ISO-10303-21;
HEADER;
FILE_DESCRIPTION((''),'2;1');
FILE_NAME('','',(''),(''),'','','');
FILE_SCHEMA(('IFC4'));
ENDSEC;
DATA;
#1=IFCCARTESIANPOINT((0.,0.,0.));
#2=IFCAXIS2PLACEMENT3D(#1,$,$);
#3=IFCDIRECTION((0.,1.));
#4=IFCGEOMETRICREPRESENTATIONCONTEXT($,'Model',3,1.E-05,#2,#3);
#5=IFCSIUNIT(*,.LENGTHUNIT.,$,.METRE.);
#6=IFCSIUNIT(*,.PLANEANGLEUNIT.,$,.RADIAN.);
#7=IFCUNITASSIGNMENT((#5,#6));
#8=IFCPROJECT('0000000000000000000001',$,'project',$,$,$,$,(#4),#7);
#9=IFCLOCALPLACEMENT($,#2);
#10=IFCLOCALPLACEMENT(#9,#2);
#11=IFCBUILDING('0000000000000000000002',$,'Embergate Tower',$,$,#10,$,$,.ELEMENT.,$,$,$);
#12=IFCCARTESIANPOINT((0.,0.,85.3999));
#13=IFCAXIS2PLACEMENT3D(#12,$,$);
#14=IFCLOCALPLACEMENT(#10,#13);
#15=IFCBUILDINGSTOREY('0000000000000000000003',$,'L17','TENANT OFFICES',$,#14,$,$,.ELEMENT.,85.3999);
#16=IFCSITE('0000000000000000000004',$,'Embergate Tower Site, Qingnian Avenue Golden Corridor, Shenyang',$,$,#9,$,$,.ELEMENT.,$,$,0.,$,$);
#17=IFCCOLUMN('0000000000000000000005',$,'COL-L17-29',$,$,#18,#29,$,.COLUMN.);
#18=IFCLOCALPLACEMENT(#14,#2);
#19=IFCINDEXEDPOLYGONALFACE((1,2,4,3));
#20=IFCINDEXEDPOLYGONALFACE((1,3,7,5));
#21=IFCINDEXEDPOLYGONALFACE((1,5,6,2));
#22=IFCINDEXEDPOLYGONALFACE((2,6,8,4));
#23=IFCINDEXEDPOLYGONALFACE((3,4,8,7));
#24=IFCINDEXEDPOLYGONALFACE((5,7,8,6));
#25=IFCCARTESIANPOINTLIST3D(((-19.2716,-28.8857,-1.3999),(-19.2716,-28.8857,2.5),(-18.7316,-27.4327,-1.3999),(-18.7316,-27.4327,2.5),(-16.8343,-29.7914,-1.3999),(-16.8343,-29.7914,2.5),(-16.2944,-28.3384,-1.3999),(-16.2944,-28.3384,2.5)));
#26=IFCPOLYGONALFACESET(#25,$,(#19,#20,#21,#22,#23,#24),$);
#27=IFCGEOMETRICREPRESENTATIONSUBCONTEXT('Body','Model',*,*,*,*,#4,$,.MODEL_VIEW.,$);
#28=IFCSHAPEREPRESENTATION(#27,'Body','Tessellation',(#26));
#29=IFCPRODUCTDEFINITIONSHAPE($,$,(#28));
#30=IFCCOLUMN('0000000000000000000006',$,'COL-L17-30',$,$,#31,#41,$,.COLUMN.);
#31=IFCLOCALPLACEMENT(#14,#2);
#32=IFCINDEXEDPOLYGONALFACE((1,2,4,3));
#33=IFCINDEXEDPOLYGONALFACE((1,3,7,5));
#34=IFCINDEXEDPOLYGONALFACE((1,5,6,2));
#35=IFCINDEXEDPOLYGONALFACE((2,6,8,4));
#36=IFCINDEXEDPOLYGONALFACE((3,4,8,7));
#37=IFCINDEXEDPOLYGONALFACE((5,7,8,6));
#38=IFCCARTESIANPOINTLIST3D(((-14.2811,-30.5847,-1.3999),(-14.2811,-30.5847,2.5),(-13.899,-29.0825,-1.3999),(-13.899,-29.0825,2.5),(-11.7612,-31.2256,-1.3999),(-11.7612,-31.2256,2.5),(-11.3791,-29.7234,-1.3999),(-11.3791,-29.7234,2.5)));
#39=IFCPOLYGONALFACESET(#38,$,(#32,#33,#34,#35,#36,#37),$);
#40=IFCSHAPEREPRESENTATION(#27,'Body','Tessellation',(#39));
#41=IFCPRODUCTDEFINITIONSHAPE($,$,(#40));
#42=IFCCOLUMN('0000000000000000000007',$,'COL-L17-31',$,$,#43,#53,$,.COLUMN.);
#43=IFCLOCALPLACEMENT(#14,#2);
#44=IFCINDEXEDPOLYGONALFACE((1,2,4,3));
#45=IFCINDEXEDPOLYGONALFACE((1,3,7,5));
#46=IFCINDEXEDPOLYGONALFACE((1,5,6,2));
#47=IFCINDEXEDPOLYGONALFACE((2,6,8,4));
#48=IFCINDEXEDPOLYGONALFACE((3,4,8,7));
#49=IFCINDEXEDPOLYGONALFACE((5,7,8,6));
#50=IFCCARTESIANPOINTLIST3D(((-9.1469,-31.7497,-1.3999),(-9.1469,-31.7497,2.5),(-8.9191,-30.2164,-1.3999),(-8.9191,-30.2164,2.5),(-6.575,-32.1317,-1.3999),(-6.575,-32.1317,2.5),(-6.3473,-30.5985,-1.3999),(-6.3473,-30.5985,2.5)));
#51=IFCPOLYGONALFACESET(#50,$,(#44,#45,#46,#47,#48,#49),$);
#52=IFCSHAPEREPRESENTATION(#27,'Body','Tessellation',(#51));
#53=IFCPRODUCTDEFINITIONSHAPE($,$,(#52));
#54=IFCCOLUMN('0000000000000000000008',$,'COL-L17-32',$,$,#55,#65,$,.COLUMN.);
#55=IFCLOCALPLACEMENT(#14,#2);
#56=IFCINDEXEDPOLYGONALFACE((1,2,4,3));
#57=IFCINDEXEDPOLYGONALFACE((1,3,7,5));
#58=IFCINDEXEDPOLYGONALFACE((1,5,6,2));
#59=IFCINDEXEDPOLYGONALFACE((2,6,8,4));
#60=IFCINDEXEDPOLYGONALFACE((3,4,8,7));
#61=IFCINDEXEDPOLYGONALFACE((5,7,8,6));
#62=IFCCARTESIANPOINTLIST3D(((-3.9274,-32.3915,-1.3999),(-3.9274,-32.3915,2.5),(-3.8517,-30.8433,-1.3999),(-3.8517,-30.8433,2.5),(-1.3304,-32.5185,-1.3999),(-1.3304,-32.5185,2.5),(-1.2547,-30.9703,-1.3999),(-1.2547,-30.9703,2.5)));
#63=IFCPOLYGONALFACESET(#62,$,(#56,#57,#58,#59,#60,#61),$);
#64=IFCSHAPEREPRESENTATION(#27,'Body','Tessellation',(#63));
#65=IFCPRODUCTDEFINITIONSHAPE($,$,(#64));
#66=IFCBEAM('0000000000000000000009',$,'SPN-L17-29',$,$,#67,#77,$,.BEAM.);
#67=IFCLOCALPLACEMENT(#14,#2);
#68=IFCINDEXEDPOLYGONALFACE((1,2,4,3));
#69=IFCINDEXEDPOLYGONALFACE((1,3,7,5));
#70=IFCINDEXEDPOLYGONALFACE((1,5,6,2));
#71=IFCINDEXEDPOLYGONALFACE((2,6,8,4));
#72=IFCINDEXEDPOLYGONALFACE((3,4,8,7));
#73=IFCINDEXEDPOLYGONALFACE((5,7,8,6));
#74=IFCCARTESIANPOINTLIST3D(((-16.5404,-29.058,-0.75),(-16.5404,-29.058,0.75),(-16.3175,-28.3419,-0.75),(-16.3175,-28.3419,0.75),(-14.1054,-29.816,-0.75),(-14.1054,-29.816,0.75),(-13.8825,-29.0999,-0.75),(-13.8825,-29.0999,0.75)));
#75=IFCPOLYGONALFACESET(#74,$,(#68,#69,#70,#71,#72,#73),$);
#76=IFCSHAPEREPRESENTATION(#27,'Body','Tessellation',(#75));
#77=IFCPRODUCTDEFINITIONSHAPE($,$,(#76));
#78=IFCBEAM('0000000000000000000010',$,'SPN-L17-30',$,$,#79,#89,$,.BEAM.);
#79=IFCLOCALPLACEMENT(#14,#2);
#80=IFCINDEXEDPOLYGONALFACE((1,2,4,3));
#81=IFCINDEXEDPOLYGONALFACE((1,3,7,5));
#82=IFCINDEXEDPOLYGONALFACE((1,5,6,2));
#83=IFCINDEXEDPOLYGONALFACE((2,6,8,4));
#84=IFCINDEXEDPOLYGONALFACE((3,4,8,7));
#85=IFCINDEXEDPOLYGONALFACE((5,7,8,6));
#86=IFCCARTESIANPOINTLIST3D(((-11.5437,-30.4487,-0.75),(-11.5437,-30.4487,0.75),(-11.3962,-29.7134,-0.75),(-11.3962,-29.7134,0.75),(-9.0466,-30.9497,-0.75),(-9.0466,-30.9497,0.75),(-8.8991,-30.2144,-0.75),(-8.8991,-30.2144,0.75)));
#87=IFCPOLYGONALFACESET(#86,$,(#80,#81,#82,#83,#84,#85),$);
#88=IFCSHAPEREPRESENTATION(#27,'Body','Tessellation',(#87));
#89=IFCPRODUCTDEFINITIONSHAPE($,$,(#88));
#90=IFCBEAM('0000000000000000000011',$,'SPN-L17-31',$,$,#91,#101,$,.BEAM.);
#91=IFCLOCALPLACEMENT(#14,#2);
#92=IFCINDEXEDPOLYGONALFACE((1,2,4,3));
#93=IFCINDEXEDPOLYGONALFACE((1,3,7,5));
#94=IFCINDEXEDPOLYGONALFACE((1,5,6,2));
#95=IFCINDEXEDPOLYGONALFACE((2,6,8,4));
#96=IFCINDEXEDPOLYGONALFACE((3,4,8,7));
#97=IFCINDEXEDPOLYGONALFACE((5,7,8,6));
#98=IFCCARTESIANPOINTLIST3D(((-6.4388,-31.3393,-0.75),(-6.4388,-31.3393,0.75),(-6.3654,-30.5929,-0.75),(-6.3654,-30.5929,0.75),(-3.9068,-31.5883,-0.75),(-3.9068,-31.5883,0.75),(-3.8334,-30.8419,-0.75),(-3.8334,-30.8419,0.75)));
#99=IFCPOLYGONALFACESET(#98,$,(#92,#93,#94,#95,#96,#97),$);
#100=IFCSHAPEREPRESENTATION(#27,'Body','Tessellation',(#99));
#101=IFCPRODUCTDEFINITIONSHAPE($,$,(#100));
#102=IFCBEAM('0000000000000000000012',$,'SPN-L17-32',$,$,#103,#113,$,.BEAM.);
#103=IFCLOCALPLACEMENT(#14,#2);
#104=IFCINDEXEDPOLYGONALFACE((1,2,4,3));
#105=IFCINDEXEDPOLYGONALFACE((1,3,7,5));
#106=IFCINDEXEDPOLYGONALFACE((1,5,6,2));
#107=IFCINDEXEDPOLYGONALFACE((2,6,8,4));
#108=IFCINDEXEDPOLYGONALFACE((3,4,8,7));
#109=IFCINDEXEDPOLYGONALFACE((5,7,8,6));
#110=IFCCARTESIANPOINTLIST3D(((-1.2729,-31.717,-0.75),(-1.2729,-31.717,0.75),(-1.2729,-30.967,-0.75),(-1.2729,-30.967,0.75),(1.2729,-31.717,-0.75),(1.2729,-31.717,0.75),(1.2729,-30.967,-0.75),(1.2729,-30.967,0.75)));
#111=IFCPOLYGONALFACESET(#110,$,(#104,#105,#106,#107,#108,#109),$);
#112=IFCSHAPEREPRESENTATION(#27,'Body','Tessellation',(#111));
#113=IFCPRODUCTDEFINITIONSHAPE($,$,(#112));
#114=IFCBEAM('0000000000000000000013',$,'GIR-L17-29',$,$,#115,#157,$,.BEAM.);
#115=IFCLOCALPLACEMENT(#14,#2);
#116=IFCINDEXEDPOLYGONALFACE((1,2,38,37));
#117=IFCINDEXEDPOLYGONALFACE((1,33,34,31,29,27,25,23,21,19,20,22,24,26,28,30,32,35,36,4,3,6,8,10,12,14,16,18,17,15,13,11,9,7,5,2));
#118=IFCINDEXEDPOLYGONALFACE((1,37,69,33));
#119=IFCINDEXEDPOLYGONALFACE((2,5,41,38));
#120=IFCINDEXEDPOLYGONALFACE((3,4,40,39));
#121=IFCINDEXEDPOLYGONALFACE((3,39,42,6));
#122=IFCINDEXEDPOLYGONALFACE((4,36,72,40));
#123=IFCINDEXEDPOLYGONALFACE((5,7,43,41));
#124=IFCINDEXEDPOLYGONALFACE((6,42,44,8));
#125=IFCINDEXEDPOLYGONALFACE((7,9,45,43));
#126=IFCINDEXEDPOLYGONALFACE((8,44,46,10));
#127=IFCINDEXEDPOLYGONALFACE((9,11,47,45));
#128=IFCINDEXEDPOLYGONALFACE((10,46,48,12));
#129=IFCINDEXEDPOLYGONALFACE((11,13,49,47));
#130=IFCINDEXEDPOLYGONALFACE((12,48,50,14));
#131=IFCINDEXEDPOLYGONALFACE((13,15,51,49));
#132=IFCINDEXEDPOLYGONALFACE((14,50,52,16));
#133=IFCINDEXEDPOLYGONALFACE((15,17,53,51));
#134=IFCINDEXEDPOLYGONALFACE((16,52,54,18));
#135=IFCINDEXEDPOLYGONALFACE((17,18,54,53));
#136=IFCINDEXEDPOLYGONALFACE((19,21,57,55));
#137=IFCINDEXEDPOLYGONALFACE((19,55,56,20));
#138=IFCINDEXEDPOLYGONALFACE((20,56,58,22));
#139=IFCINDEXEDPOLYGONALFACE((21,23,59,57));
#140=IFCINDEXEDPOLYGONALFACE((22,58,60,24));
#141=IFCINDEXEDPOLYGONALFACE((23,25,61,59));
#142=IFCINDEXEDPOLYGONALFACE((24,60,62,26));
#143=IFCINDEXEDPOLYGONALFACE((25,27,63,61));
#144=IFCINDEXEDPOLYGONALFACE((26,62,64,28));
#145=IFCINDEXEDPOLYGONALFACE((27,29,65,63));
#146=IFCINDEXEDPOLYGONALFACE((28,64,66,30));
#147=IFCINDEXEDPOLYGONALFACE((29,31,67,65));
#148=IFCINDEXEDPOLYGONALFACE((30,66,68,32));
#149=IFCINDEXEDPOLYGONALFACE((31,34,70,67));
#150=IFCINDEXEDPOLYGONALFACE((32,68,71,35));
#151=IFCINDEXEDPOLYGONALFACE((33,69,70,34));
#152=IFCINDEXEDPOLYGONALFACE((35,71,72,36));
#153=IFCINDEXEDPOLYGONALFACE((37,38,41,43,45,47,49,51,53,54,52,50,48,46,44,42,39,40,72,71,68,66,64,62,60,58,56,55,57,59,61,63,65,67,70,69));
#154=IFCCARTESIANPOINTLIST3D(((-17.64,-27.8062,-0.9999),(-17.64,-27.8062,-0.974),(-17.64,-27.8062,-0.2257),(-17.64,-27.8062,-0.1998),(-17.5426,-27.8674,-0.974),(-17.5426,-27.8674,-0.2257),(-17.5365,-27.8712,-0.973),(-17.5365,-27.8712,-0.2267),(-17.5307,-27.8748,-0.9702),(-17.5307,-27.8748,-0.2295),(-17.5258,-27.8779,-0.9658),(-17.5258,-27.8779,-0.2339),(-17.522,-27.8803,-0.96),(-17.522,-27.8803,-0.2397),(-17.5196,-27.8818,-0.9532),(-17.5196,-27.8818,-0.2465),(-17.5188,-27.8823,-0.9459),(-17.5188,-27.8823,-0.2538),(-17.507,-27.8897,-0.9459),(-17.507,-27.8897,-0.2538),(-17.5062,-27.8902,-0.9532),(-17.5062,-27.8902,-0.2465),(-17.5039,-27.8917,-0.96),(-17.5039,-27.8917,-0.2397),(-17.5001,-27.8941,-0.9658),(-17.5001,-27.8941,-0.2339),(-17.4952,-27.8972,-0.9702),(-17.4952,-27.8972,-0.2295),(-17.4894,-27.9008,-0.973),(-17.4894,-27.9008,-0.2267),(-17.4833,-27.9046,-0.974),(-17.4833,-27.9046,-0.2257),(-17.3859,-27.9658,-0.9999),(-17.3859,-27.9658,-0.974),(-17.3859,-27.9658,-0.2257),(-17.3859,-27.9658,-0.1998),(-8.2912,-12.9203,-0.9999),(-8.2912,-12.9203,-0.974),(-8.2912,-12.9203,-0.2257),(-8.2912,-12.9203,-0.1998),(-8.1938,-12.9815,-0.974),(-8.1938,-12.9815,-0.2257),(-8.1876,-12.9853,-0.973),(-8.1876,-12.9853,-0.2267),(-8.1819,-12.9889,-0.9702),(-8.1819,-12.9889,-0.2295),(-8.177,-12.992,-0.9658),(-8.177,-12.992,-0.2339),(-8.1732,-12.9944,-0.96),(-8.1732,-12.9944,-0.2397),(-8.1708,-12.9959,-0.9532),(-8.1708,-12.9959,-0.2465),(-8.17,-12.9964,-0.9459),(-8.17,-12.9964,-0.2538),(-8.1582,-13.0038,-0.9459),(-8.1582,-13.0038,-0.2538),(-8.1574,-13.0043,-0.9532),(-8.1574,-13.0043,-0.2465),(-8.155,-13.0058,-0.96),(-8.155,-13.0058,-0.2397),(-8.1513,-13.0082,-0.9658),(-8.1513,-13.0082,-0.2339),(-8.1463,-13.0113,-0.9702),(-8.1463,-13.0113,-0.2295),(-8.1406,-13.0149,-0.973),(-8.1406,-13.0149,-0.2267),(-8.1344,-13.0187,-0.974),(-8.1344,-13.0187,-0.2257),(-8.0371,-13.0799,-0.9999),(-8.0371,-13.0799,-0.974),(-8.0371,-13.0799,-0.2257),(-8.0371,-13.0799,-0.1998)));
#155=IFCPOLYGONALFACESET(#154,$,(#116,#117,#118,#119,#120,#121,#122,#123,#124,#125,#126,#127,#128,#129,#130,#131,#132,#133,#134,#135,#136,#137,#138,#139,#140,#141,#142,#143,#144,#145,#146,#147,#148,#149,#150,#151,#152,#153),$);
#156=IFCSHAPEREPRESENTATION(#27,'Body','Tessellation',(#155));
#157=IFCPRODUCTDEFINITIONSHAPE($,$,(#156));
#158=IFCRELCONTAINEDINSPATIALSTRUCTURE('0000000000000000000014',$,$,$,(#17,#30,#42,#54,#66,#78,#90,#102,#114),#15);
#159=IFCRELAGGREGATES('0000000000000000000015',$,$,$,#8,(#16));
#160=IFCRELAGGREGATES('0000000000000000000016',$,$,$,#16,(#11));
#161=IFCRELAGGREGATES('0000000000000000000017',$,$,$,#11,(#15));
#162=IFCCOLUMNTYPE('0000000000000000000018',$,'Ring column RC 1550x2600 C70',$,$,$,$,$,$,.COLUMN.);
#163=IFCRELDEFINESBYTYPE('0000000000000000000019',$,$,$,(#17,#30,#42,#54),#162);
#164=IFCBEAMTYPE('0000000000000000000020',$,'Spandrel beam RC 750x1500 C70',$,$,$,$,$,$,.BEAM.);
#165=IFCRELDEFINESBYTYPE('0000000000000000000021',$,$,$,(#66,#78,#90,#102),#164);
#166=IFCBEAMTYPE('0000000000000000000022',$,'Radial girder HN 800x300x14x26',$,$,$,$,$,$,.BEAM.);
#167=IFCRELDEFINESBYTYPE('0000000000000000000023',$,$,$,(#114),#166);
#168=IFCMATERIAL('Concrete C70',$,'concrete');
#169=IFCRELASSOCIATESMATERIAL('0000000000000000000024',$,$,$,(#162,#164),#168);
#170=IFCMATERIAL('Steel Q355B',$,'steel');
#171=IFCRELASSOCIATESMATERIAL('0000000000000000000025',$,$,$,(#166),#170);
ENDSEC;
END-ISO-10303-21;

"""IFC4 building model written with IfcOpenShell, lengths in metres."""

from ifc_helpers import new_model, si_unit, direction, frame, origin, origin_2d, place, context, subcontext, project, spatial, rectangle, i_section, extrude, source, transform, mapped, material, material_profile, profile_set, type_object, element, save


model = new_model("IFC4")

# Units and contexts
model_context = context("Model", 3, precision=1e-05, world=origin(), true_north=direction((0.0, 1.0)))
body_context = subcontext(model_context, "Body", "Model", "MODEL_VIEW")
ifc_project = project(units=[si_unit("LENGTHUNIT", "METRE"), si_unit("PLANEANGLEUNIT", "RADIAN")], contexts=[model_context])

# Site, building, storey
site_placement = place(None, origin())
site = spatial("IfcSite", under=ifc_project, at=site_placement, Name="Embergate Tower Site, Qingnian Avenue Golden Corridor, Shenyang", CompositionType="ELEMENT", RefElevation=0.0)
building_placement = place(site_placement, origin())
building = spatial("IfcBuilding", under=site, at=building_placement, Name="Embergate Tower", CompositionType="ELEMENT")
storey_placement = place(building_placement, frame((0.0, 0.0, 85.3999)))
storey = spatial("IfcBuildingStorey", under=building, at=storey_placement, Name="L17", Description="TENANT OFFICES", CompositionType="ELEMENT", Elevation=85.3999)

# Columns
ifc_material_1 = material(Name="Concrete C70", Category="concrete")
ifc_material_profile_1 = material_profile(ifc_material_1, rectangle(XDim=1.55, YDim=2.6001, at=origin_2d()), Name="RC 1550x2600")
ifc_profile_set_1 = profile_set([ifc_material_profile_1], Name="Concrete C70")
column_type = type_object("IfcColumnType", Name="Ring column RC 1550x2600 C70", PredefinedType="COLUMN", material=ifc_profile_set_1)
shared_shape_1 = source(origin(), body_context, "Body", "SweptSolid", [
    extrude(rectangle(XDim=1.55, YDim=2.6001, at=origin_2d()), origin(), (0.0, 0.0, 1.0), 3.8999),
])
for number, where, z_axis, x_axis, name in (
    (1, (-17.783, -28.6121, -1.3999), (0.0, 0.0, 1.0), (-0.348343, -0.937367, 0.0), "COL-L17-29"),
    (2, (-12.8301, -30.1541, -1.3999), (0.0, 0.0, 1.0), (-0.246492, -0.969145, 0.0), "COL-L17-30"),
    (3, (-7.7471, -31.1741, -1.3999), (0.0, 0.0, 1.0), (-0.146929, -0.989147, 0.0), "COL-L17-31"),
    (4, (-2.5911, -31.6809, -1.3999), (0.0, 0.0, 1.0), (-0.048815, -0.998808, 0.0), "COL-L17-32"),
):
    element("IfcColumn", number, at=place(storey_placement, frame(where, z_axis=z_axis, x_axis=x_axis)), inside=storey, type_object=column_type, Name=name, PredefinedType="COLUMN", context=body_context, shape_type="MappedRepresentation", body=[
        mapped(shared_shape_1, transform((0.0, 0.0, 0.0))),
    ])

# Beams
ifc_material_profile_2 = material_profile(ifc_material_1, rectangle(XDim=0.75, YDim=1.5, at=origin_2d()), Name="RC 750x1500")
ifc_profile_set_2 = profile_set([ifc_material_profile_2], Name="Concrete C70")
beam_type_1 = type_object("IfcBeamType", Name="Spandrel beam RC 750x1500 C70", PredefinedType="BEAM", material=ifc_profile_set_2)
shared_shape_2 = source(origin(), body_context, "Body", "SweptSolid", [
    extrude(rectangle(XDim=0.75, YDim=1.5, at=origin_2d()), origin(), (0.0, 0.0, 1.0), 2.5503),
])
beam_1_placement = place(storey_placement, frame((-16.429, -28.7, 0.0), z_axis=(0.954803, -0.297239, 0.0), x_axis=(0.297239, 0.954803, 0.0)))
element("IfcBeam", 5, at=beam_1_placement, inside=storey, type_object=beam_type_1, Name="SPN-L17-29", PredefinedType="BEAM", context=body_context, shape_type="MappedRepresentation", body=[
    mapped(shared_shape_2, transform((0.0, 0.0, 0.0))),
])
shared_shape_3 = source(origin(), body_context, "Body", "SweptSolid", [
    extrude(rectangle(XDim=0.75, YDim=1.5, at=origin_2d()), origin(), (0.0, 0.0, 1.0), 2.5469),
])
beam_2_placement = place(storey_placement, frame((-11.47, -30.0811, 0.0), z_axis=(0.980463, -0.196706, 0.0), x_axis=(0.196706, 0.980463, 0.0)))
element("IfcBeam", 6, at=beam_2_placement, inside=storey, type_object=beam_type_1, Name="SPN-L17-30", PredefinedType="BEAM", context=body_context, shape_type="MappedRepresentation", body=[
    mapped(shared_shape_3, transform((0.0, 0.0, 0.0))),
])
shared_shape_4 = source(origin(), body_context, "Body", "SweptSolid", [
    extrude(rectangle(XDim=0.75, YDim=1.5, at=origin_2d()), origin(), (0.0, 0.0, 1.0), 2.5442),
])
beam_3_placement = place(storey_placement, frame((-6.4021, -30.9661, 0.0), z_axis=(0.995198, -0.097879, 0.0), x_axis=(0.097879, 0.995198, 0.0)))
element("IfcBeam", 7, at=beam_3_placement, inside=storey, type_object=beam_type_1, Name="SPN-L17-31", PredefinedType="BEAM", context=body_context, shape_type="MappedRepresentation", body=[
    mapped(shared_shape_4, transform((0.0, 0.0, 0.0))),
])
shared_shape_5 = source(origin(), body_context, "Body", "SweptSolid", [
    extrude(rectangle(XDim=0.75, YDim=1.5, at=origin_2d()), origin(), (0.0, 0.0, 1.0), 2.5459),
])
beam_4_placement = place(storey_placement, frame((-1.2729, -31.342, 0.0), z_axis=(1.0, 0.0, 0.0), x_axis=(0.0, 1.0, 0.0)))
element("IfcBeam", 8, at=beam_4_placement, inside=storey, type_object=beam_type_1, Name="SPN-L17-32", PredefinedType="BEAM", context=body_context, shape_type="MappedRepresentation", body=[
    mapped(shared_shape_5, transform((0.0, 0.0, 0.0))),
])
ifc_material_2 = material(Name="Steel Q355B", Category="steel")
ifc_material_profile_3 = material_profile(ifc_material_2, i_section(OverallWidth=0.3, OverallDepth=0.8, WebThickness=0.0139, FlangeThickness=0.0259, FilletRadius=0.0281, at=origin_2d()), Name="HN 800x300x14x26")
ifc_profile_set_3 = profile_set([ifc_material_profile_3], Name="Steel Q355 grade B")
beam_type_2 = type_object("IfcBeamType", Name="Radial girder HN 800x300x14x26", PredefinedType="BEAM", material=ifc_profile_set_3)
shared_shape_6 = source(origin(), body_context, "Body", "SweptSolid", [
    extrude(i_section(OverallWidth=0.3, OverallDepth=0.8, WebThickness=0.0139, FlangeThickness=0.0259, FilletRadius=0.0281, at=origin_2d()), origin(), (0.0, 0.0, 1.0), 17.5781),
])
beam_5_placement = place(storey_placement, frame((-17.5129, -27.886, -0.5999), z_axis=(0.531844, 0.846842, 0.0), x_axis=(-0.846842, 0.531844, 0.0)))
element("IfcBeam", 9, at=beam_5_placement, inside=storey, type_object=beam_type_2, Name="GIR-L17-29", PredefinedType="BEAM", context=body_context, shape_type="MappedRepresentation", body=[
    mapped(shared_shape_6, transform((0.0, 0.0, 0.0))),
])

save(model, "model.ifc")
